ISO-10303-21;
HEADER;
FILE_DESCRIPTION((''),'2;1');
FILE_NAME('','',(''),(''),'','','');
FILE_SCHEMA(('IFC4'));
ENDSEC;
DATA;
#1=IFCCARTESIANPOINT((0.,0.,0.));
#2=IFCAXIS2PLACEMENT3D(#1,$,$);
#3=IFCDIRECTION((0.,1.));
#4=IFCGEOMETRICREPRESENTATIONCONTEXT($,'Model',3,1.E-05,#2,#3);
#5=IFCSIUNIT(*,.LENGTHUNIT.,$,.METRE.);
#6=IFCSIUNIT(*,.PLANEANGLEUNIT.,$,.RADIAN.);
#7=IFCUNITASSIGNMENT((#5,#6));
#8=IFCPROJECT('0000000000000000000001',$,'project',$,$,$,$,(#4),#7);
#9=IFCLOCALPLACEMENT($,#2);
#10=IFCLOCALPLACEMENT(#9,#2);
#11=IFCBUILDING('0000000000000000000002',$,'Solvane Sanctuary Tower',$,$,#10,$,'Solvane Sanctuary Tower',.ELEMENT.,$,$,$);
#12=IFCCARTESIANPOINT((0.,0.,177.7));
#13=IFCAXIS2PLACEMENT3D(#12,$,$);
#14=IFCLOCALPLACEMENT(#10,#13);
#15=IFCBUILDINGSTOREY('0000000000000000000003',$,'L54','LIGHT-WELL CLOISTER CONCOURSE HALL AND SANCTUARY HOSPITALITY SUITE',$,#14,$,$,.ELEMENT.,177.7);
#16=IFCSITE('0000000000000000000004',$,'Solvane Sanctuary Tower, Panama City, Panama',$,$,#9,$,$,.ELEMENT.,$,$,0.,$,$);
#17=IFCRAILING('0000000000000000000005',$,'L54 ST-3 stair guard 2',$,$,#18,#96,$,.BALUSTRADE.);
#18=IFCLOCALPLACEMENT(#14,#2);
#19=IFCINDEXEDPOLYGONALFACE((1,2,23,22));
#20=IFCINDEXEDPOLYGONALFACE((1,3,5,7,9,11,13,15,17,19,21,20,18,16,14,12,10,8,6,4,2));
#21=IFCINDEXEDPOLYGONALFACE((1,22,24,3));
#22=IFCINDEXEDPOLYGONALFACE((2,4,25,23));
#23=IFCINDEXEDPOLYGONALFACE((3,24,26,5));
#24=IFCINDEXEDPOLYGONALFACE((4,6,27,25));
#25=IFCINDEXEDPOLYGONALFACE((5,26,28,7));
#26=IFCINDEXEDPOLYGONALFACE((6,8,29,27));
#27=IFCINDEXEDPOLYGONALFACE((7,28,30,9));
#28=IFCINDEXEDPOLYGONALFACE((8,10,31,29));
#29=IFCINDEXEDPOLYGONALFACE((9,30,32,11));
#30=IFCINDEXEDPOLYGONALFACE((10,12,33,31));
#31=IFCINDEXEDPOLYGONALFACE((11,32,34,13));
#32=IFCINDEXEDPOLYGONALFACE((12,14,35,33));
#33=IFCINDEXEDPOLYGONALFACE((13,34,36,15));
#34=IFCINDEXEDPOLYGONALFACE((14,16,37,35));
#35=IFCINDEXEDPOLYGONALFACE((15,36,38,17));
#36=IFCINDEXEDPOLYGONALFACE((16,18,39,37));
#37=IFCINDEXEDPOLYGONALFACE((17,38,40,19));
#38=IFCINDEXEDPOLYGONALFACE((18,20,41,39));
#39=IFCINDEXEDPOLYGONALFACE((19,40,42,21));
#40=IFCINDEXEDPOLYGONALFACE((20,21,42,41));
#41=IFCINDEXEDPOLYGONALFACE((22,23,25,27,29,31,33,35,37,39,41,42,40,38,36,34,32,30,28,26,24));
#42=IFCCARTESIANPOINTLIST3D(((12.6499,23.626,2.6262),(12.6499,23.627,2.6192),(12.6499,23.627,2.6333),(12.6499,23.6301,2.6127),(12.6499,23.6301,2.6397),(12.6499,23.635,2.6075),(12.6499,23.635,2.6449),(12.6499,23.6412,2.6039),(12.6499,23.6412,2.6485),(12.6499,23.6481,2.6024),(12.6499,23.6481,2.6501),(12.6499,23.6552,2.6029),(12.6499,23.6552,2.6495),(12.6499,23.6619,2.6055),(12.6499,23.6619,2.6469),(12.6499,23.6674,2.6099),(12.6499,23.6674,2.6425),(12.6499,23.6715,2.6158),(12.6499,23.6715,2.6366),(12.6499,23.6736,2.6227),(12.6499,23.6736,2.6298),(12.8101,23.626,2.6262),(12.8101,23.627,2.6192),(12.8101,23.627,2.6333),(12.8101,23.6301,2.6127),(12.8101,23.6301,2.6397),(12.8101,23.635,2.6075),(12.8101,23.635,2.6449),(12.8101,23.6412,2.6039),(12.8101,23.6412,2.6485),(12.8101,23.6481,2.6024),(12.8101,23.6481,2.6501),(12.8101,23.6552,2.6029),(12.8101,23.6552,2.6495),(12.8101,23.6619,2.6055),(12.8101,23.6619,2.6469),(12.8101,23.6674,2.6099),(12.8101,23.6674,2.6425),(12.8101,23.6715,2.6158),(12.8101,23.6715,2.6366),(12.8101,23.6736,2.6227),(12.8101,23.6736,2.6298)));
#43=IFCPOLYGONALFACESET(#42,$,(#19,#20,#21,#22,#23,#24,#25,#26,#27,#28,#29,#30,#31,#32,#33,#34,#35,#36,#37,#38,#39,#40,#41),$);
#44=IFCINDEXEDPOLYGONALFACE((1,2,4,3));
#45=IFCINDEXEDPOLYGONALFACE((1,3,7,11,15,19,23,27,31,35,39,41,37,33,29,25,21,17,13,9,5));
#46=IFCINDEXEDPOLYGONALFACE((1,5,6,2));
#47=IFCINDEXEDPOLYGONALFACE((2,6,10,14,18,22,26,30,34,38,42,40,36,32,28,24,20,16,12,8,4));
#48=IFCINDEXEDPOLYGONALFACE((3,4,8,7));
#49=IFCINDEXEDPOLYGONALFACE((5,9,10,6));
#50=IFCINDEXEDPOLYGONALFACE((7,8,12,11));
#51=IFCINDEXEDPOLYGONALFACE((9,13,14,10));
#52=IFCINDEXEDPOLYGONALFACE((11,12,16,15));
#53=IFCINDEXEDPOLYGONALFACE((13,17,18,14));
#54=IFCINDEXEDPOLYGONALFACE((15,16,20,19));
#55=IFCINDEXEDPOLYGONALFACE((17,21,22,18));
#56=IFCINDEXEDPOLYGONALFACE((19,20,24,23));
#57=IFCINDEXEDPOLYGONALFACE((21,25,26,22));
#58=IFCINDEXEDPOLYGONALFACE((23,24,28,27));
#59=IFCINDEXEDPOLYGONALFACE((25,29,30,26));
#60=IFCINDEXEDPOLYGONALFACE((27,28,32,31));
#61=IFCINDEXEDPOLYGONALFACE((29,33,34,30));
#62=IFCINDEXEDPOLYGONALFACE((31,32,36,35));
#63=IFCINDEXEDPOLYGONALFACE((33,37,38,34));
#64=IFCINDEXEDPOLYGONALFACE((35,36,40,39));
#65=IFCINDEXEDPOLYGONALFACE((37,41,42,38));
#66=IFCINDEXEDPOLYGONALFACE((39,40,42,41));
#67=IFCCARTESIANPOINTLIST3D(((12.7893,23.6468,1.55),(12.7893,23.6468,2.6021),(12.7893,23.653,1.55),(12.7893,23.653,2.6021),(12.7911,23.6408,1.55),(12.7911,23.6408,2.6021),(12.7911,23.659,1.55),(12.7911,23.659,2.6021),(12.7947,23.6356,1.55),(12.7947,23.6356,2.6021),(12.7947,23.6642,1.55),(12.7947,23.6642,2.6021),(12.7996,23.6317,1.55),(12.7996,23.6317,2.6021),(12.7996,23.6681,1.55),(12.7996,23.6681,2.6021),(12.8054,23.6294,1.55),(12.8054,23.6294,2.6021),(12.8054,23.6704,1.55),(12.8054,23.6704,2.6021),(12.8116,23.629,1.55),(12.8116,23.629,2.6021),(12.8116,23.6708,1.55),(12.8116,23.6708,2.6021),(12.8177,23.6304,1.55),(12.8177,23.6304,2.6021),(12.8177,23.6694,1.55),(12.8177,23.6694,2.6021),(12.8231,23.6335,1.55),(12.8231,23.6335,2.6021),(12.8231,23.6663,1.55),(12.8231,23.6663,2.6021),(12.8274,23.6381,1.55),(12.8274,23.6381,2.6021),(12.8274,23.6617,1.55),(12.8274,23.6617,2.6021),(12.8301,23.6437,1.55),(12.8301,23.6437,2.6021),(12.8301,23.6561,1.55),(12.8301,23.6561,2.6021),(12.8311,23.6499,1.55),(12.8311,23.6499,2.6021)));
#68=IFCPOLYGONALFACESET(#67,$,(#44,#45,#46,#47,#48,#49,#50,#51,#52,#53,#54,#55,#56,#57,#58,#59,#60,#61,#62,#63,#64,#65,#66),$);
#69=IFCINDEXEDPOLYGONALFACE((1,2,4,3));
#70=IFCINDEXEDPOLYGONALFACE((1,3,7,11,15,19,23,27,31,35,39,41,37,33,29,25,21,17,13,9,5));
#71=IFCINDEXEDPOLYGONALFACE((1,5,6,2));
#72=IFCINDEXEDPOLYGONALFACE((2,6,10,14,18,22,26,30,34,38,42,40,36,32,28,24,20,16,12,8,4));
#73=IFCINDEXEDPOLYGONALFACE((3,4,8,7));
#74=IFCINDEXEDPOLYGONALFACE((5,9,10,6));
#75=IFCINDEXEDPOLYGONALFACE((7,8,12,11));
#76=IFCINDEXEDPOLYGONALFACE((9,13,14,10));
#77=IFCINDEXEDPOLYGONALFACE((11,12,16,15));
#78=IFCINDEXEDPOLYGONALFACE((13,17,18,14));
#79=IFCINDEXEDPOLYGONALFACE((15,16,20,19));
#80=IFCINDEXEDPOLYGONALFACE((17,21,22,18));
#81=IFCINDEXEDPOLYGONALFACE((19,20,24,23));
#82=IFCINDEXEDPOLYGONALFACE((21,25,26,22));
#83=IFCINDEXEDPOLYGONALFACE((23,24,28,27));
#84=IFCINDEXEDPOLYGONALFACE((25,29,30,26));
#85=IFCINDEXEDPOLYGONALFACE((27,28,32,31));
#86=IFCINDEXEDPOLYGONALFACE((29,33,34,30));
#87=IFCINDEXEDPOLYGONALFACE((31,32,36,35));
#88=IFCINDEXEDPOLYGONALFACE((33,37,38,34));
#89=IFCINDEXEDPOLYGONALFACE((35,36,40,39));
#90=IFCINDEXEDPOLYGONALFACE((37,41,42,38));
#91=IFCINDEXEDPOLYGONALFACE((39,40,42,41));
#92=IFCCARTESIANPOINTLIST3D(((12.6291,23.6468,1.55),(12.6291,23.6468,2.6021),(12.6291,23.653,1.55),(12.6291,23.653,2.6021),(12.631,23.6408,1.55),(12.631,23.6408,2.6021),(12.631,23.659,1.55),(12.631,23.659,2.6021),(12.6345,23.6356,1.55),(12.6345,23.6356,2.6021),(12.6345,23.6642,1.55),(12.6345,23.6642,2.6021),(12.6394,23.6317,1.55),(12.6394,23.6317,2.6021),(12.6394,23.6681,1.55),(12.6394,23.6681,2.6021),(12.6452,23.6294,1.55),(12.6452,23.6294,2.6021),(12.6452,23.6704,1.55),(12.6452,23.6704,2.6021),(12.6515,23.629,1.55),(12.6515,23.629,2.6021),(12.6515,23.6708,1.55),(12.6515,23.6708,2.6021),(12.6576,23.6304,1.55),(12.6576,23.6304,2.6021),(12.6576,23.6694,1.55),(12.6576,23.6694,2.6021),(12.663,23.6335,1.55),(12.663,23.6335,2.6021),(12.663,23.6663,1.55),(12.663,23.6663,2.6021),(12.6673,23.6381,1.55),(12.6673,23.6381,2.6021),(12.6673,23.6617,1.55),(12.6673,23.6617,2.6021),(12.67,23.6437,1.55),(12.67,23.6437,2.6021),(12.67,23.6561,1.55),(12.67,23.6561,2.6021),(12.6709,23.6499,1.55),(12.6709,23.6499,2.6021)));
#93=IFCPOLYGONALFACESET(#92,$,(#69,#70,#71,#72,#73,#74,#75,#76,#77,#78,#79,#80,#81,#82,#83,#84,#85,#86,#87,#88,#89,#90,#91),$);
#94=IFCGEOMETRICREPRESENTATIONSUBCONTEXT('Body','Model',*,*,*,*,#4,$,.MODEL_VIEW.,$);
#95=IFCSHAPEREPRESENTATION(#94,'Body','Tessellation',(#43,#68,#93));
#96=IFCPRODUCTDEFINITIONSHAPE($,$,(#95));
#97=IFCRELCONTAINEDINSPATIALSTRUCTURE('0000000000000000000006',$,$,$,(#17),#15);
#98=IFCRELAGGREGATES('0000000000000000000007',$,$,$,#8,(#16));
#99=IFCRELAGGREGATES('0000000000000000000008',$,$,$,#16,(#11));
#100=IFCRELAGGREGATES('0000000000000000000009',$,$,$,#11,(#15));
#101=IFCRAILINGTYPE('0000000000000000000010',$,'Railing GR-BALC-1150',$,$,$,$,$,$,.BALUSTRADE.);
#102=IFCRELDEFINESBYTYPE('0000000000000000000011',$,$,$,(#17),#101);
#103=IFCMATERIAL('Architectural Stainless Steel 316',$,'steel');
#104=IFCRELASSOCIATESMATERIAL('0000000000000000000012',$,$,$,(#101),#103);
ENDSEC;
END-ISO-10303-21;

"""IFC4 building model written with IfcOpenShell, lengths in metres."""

from ifc_helpers import new_model, si_unit, direction, frame, origin, origin_2d, place, context, subcontext, project, spatial, circle, extrude, material, type_object, element, save


model = new_model("IFC4")

# Units and contexts
model_context = context("Model", 3, precision=1e-05, world=origin(), true_north=direction((0.0, 1.0)))
body_context = subcontext(model_context, "Body", "Model", "MODEL_VIEW")
ifc_project = project(units=[si_unit("LENGTHUNIT", "METRE"), si_unit("PLANEANGLEUNIT", "RADIAN")], contexts=[model_context])

# Site, building, storey
site_placement = place(None, origin())
site = spatial("IfcSite", under=ifc_project, at=site_placement, Name="Solvane Sanctuary Tower, Panama City, Panama", CompositionType="ELEMENT", RefElevation=0.0)
building_placement = place(site_placement, origin())
building = spatial("IfcBuilding", under=site, at=building_placement, Name="Solvane Sanctuary Tower", LongName="Solvane Sanctuary Tower", CompositionType="ELEMENT")
storey_placement = place(building_placement, frame((0.0, 0.0, 177.7)))
storey = spatial("IfcBuildingStorey", under=building, at=storey_placement, Name="L54", Description="LIGHT-WELL CLOISTER CONCOURSE HALL AND SANCTUARY HOSPITALITY SUITE", CompositionType="ELEMENT", Elevation=177.7)

# Shared definitions
ifc_material_1 = material(Name="Architectural Stainless Steel 316", Category="steel")

# Railing
railing_type_1 = type_object("IfcRailingType", Name="Railing GR-BALC-1150", PredefinedType="BALUSTRADE", material=ifc_material_1)
railing_1_placement = place(storey_placement, frame((12.8101, 23.6499, 1.55)))
element("IfcRailing", 1, at=railing_1_placement, inside=storey, type_object=railing_type_1, Name="L54 ST-3 stair guard 2", PredefinedType="BALUSTRADE", context=body_context, shape_type="SweptSolid", body=[
    extrude(circle(Radius=0.0239, at=origin_2d()), frame((0.0, 0.0, 1.0762), z_axis=(-1.0, 0.0, 0.0), x_axis=(0.0, -1.0, 0.0)), (0.0, 0.0, 1.0), 0.1602),
    extrude(circle(Radius=0.021, at=origin_2d()), origin(), (0.0, 0.0, 1.0), 1.052),
    extrude(circle(Radius=0.021, at=origin_2d()), frame((-0.1602, 0.0, 0.0)), (0.0, 0.0, 1.0), 1.052),
])

save(model, "model.ifc")
